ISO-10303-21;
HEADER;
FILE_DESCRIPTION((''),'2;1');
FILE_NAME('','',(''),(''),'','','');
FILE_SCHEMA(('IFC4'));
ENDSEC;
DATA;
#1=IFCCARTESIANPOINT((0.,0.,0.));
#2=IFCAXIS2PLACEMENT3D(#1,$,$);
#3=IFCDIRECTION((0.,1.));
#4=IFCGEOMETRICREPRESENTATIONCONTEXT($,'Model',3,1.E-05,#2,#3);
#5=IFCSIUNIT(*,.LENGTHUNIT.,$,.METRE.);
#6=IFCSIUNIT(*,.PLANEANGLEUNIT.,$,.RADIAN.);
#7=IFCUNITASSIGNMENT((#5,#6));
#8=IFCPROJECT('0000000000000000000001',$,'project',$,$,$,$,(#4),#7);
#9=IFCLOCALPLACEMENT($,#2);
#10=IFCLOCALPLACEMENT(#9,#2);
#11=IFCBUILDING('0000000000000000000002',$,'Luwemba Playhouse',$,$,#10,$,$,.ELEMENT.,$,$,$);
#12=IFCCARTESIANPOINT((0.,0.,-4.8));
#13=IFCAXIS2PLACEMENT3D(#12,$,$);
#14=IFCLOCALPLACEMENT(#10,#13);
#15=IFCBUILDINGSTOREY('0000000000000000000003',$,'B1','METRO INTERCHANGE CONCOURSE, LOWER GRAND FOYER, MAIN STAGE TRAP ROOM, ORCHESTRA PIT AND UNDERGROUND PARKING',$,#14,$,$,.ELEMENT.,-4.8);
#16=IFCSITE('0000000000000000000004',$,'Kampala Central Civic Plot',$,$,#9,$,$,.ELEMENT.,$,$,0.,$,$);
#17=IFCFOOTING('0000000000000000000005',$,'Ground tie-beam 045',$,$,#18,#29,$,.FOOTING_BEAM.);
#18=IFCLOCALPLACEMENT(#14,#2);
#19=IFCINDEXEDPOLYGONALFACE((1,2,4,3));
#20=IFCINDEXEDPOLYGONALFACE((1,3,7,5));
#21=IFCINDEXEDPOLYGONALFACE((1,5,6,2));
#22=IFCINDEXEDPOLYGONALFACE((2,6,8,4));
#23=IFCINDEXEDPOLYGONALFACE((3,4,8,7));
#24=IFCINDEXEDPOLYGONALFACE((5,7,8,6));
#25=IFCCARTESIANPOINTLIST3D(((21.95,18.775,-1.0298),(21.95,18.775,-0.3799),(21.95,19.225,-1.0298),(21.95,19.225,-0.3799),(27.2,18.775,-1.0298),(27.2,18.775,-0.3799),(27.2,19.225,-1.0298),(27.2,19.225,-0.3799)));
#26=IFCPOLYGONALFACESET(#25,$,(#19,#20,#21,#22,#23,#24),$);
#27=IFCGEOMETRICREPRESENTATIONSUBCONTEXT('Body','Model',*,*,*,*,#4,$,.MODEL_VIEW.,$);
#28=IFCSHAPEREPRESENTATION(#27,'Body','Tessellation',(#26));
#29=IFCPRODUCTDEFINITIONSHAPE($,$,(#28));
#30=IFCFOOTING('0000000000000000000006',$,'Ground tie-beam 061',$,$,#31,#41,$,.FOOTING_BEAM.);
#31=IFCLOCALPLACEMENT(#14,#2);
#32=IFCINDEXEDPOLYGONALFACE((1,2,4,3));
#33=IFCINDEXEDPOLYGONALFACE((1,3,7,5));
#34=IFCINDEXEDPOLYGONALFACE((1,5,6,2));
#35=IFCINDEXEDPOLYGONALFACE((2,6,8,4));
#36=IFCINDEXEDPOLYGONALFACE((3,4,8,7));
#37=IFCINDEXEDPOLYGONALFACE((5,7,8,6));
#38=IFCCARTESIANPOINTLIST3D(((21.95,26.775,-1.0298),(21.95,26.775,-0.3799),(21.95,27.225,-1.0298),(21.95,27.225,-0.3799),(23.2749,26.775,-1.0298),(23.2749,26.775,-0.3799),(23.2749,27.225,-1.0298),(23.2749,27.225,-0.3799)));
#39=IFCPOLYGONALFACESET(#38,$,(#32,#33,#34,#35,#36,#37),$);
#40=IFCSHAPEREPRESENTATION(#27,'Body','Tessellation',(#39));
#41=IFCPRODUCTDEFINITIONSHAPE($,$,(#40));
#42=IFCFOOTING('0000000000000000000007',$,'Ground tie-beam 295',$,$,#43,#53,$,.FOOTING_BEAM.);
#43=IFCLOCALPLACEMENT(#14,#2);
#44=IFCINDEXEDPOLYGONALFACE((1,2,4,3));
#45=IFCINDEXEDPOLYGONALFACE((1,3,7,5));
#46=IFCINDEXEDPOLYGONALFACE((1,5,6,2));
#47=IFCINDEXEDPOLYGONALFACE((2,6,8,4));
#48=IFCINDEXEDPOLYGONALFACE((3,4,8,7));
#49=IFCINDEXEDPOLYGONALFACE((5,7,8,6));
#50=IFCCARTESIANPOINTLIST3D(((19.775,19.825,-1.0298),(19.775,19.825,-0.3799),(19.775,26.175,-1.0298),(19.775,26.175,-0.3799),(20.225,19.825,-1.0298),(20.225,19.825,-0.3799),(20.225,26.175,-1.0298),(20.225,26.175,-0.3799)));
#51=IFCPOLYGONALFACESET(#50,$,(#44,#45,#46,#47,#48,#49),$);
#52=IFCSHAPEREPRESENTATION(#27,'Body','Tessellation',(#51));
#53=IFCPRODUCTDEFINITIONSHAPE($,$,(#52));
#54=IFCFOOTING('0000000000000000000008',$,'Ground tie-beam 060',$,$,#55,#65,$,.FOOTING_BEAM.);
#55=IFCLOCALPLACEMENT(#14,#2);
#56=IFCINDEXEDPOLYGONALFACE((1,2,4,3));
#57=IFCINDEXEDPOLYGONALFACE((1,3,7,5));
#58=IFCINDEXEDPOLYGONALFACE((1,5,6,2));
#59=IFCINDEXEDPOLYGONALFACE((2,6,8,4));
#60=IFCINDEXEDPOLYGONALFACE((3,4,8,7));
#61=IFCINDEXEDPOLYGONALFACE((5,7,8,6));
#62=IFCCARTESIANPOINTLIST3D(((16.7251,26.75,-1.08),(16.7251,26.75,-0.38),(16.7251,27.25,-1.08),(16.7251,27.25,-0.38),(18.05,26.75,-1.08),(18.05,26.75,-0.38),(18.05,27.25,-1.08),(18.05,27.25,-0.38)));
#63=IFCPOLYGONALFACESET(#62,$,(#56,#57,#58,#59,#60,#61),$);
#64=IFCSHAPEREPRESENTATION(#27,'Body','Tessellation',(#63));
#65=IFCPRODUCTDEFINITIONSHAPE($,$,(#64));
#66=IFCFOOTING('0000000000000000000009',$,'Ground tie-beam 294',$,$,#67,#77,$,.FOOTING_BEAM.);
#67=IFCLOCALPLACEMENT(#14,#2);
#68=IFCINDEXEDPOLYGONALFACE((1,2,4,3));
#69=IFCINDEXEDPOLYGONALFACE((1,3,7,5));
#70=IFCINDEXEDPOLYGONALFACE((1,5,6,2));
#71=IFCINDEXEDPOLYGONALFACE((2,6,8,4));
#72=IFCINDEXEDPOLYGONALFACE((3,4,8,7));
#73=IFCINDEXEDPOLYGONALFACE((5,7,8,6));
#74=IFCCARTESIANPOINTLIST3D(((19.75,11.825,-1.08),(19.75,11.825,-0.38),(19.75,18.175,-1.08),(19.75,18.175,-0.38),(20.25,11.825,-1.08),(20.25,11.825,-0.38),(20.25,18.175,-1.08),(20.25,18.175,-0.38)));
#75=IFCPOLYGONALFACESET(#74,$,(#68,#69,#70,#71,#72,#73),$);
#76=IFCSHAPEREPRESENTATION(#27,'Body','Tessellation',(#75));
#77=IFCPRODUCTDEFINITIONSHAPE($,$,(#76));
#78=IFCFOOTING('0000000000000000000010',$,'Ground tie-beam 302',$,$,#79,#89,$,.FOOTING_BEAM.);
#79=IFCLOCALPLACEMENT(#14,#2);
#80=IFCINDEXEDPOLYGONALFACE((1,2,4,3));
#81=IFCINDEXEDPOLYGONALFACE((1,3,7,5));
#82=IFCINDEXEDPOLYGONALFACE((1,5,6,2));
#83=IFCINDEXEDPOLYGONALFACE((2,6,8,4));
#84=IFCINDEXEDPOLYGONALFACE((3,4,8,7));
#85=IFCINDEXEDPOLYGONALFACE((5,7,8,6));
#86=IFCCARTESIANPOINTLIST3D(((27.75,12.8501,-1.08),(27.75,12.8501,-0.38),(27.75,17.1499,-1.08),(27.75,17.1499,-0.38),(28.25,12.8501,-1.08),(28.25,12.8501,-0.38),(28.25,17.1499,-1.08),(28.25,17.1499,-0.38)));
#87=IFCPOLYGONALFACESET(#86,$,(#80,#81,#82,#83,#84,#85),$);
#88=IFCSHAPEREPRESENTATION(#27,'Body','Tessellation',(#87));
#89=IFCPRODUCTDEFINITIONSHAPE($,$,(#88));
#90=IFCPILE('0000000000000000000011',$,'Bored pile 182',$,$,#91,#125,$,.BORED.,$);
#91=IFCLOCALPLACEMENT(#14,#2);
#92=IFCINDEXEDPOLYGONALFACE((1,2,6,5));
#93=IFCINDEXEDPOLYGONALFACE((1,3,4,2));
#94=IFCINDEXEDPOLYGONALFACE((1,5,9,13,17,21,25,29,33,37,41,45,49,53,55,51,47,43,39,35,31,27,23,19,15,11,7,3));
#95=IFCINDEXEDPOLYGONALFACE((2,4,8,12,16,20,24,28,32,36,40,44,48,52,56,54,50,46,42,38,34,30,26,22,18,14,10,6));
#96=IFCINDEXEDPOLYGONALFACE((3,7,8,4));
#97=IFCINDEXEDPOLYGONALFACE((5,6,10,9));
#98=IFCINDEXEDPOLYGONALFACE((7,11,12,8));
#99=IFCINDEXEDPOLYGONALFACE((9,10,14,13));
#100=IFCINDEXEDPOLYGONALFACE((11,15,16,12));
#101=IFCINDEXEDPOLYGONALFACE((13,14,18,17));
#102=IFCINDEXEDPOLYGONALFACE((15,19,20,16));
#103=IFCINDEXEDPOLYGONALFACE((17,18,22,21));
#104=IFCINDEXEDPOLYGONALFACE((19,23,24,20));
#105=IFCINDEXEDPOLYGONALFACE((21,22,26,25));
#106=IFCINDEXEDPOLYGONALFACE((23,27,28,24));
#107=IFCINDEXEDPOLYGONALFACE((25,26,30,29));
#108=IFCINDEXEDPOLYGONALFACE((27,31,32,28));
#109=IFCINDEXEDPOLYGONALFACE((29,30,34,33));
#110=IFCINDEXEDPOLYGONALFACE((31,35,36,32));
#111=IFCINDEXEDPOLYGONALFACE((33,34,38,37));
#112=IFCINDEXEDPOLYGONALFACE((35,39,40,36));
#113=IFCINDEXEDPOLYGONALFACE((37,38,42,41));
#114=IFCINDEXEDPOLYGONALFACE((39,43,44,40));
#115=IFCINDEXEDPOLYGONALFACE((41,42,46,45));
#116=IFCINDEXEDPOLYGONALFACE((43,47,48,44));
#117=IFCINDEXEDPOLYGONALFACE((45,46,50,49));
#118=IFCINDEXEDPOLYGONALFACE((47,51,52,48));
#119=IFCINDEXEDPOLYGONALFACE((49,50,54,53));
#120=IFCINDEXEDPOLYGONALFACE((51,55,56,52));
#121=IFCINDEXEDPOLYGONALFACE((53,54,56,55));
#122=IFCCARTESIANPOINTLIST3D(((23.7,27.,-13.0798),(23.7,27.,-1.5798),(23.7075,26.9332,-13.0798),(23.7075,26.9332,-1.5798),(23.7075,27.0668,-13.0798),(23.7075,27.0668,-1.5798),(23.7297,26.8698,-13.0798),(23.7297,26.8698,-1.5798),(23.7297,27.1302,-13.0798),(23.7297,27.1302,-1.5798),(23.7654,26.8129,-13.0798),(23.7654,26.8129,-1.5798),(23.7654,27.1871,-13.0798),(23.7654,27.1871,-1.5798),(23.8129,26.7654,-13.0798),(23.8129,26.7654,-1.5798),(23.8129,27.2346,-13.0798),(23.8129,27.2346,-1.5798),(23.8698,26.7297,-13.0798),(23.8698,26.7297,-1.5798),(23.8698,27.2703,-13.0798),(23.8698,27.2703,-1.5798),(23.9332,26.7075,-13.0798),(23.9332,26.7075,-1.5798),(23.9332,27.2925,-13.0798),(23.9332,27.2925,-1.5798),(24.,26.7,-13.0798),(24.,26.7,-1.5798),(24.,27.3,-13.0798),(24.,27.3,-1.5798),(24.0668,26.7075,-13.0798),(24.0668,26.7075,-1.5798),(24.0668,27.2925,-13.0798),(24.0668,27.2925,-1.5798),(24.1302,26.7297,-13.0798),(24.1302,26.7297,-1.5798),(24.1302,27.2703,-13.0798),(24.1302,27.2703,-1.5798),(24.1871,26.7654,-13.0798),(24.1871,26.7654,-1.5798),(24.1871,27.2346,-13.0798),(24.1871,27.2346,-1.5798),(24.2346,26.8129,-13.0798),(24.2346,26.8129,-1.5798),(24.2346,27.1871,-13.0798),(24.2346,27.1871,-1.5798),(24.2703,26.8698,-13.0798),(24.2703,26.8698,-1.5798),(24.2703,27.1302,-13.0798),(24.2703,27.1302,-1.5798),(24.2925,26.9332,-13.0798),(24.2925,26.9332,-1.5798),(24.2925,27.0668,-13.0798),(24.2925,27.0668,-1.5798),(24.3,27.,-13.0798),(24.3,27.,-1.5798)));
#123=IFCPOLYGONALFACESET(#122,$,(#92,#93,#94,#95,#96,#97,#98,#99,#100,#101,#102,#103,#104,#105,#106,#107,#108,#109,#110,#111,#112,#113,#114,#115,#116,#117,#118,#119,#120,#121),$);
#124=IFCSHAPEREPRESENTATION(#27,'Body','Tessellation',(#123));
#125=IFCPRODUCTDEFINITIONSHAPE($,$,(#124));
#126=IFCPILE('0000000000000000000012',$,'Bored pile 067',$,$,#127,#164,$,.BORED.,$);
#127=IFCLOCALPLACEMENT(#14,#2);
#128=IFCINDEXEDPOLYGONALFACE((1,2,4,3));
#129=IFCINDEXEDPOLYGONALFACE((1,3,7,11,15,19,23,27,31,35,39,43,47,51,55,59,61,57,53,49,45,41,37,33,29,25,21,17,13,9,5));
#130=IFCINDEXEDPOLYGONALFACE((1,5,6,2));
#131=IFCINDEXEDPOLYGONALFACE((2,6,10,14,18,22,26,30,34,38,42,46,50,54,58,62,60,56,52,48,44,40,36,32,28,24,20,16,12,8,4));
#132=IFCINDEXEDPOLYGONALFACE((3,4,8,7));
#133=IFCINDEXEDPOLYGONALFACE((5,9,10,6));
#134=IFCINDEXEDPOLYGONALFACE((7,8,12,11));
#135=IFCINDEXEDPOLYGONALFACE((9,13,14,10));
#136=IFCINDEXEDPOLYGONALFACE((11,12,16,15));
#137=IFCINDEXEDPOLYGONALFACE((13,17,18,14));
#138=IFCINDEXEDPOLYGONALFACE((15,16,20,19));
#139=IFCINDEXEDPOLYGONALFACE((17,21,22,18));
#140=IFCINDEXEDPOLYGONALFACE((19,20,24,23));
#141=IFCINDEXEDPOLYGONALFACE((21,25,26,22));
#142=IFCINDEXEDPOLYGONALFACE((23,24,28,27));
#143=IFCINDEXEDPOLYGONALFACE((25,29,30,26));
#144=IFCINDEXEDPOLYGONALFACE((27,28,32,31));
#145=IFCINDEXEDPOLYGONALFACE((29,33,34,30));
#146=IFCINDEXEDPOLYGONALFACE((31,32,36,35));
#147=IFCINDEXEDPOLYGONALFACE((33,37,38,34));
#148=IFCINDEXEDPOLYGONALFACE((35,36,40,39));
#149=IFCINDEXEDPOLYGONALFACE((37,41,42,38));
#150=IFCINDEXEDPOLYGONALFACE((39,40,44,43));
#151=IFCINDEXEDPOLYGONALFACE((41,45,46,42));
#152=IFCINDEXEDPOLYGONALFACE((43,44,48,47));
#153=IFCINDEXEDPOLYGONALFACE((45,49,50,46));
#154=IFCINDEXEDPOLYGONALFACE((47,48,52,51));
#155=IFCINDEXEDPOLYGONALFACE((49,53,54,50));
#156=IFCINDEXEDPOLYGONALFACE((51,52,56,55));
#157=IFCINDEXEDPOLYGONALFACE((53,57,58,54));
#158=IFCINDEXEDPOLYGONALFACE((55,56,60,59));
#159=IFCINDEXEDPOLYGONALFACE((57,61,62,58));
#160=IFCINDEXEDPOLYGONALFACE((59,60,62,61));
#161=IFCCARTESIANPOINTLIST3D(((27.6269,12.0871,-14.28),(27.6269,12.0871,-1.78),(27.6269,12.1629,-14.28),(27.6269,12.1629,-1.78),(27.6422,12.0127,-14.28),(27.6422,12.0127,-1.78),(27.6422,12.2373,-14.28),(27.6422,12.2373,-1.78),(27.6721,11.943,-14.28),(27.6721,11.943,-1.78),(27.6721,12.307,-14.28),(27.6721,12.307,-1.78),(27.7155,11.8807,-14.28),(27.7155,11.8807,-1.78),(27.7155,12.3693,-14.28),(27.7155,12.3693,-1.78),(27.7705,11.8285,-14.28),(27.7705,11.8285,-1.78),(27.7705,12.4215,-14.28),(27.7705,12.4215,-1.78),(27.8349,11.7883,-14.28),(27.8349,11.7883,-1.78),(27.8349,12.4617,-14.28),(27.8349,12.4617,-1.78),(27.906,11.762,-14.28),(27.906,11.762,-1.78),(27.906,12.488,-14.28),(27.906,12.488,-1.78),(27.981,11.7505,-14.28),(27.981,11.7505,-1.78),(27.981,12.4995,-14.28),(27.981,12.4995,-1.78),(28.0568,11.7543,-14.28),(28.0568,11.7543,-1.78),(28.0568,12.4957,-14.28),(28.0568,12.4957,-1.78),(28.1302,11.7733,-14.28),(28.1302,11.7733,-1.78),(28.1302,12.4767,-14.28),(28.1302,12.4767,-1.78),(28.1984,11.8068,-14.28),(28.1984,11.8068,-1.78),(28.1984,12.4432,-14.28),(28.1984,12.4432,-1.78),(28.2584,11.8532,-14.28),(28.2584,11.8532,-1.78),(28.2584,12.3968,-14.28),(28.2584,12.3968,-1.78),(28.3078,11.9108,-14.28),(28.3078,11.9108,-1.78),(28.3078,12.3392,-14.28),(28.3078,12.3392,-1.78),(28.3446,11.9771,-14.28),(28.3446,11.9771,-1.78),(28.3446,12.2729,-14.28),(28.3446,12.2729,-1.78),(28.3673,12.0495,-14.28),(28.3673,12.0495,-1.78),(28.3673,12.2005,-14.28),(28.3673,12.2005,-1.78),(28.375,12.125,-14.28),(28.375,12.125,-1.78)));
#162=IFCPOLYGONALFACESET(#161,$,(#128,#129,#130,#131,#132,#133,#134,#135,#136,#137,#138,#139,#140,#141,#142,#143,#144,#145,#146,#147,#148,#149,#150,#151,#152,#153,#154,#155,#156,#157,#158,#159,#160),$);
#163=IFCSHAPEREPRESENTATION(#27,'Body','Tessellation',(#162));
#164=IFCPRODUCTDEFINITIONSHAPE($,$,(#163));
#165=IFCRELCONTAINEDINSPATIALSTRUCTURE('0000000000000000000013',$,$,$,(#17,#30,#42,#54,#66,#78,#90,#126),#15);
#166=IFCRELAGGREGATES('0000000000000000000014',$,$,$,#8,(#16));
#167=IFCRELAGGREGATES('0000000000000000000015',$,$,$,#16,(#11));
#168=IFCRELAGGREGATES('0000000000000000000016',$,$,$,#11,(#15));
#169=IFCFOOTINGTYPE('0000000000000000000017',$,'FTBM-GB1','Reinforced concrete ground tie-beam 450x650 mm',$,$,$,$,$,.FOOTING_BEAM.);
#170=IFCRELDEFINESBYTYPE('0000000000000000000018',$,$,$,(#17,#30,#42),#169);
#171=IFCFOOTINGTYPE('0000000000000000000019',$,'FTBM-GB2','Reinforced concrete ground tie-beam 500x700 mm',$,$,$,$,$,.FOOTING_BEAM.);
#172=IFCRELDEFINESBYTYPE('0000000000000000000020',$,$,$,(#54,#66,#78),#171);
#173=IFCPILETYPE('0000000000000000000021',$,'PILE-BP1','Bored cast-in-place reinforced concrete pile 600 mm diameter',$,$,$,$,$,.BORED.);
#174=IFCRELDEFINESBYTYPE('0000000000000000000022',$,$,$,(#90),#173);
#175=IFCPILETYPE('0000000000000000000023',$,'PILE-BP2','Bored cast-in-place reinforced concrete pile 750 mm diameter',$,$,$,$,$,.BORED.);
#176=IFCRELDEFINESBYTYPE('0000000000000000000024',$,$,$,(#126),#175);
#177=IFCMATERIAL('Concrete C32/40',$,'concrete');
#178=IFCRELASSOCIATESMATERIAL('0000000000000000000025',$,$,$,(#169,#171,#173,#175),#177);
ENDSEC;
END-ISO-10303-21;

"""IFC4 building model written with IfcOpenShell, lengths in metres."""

from ifc_helpers import new_model, si_unit, direction, frame, origin, origin_2d, place, context, subcontext, project, spatial, rectangle, circle, extrude, material, material_profile, profile_set, type_object, element, save


model = new_model("IFC4")

# Units and contexts
model_context = context("Model", 3, precision=1e-05, world=origin(), true_north=direction((0.0, 1.0)))
body_context = subcontext(model_context, "Body", "Model", "MODEL_VIEW")
ifc_project = project(units=[si_unit("LENGTHUNIT", "METRE"), si_unit("PLANEANGLEUNIT", "RADIAN")], contexts=[model_context])

# Site, building, storey
site_placement = place(None, origin())
site = spatial("IfcSite", under=ifc_project, at=site_placement, Name="Kampala Central Civic Plot", CompositionType="ELEMENT", RefElevation=0.0)
building_placement = place(site_placement, origin())
building = spatial("IfcBuilding", under=site, at=building_placement, Name="Luwemba Playhouse", CompositionType="ELEMENT")
storey_placement = place(building_placement, frame((0.0, 0.0, -4.8)))
storey = spatial("IfcBuildingStorey", under=building, at=storey_placement, Name="B1", Description="METRO INTERCHANGE CONCOURSE, LOWER GRAND FOYER, MAIN STAGE TRAP ROOM, ORCHESTRA PIT AND UNDERGROUND PARKING", CompositionType="ELEMENT", Elevation=-4.8)

# Footings
ifc_material_1 = material(Name="Concrete C32/40", Category="concrete")
ifc_material_profile_1 = material_profile(ifc_material_1, rectangle(XDim=0.45, YDim=0.6499, at=origin_2d()))
ifc_profile_set_1 = profile_set([ifc_material_profile_1], Name="Concrete C32/40")
footing_type_1 = type_object("IfcFootingType", Name="FTBM-GB1", Description="Reinforced concrete ground tie-beam 450x650 mm", PredefinedType="FOOTING_BEAM", material=ifc_profile_set_1)
footing_1_placement = place(storey_placement, frame((21.95, 19.0, -0.7048), z_axis=(1.0, 0.0, 0.0), x_axis=(0.0, 1.0, 0.0)))
element("IfcFooting", 1, at=footing_1_placement, inside=storey, type_object=footing_type_1, Name="Ground tie-beam 045", PredefinedType="FOOTING_BEAM", context=body_context, shape_type="SweptSolid", body=[
    extrude(rectangle(XDim=0.45, YDim=0.6499, at=origin_2d()), origin(), (0.0, 0.0, 1.0), 5.25),
])
footing_2_placement = place(storey_placement, frame((21.95, 27.0, -0.7048), z_axis=(1.0, 0.0, 0.0), x_axis=(0.0, 1.0, 0.0)))
element("IfcFooting", 2, at=footing_2_placement, inside=storey, type_object=footing_type_1, Name="Ground tie-beam 061", PredefinedType="FOOTING_BEAM", context=body_context, shape_type="SweptSolid", body=[
    extrude(rectangle(XDim=0.45, YDim=0.6499, at=origin_2d()), origin(), (0.0, 0.0, 1.0), 1.325),
])
footing_3_placement = place(storey_placement, frame((20.0, 19.825, -0.7048), z_axis=(0.0, 1.0, 0.0), x_axis=(-1.0, 0.0, 0.0)))
element("IfcFooting", 3, at=footing_3_placement, inside=storey, type_object=footing_type_1, Name="Ground tie-beam 295", PredefinedType="FOOTING_BEAM", context=body_context, shape_type="SweptSolid", body=[
    extrude(rectangle(XDim=0.45, YDim=0.6499, at=origin_2d()), origin(), (0.0, 0.0, 1.0), 6.3501),
])
ifc_material_profile_2 = material_profile(ifc_material_1, rectangle(XDim=0.5, YDim=0.7, at=origin_2d()))
ifc_profile_set_2 = profile_set([ifc_material_profile_2], Name="Concrete C32/40")
footing_type_2 = type_object("IfcFootingType", Name="FTBM-GB2", Description="Reinforced concrete ground tie-beam 500x700 mm", PredefinedType="FOOTING_BEAM", material=ifc_profile_set_2)
footing_4_placement = place(storey_placement, frame((16.7251, 27.0, -0.73), z_axis=(1.0, 0.0, 0.0), x_axis=(0.0, 1.0, 0.0)))
element("IfcFooting", 4, at=footing_4_placement, inside=storey, type_object=footing_type_2, Name="Ground tie-beam 060", PredefinedType="FOOTING_BEAM", context=body_context, shape_type="SweptSolid", body=[
    extrude(rectangle(XDim=0.5, YDim=0.7, at=origin_2d()), origin(), (0.0, 0.0, 1.0), 1.325),
])
footing_5_placement = place(storey_placement, frame((20.0, 11.825, -0.73), z_axis=(0.0, 1.0, 0.0), x_axis=(-1.0, 0.0, 0.0)))
element("IfcFooting", 5, at=footing_5_placement, inside=storey, type_object=footing_type_2, Name="Ground tie-beam 294", PredefinedType="FOOTING_BEAM", context=body_context, shape_type="SweptSolid", body=[
    extrude(rectangle(XDim=0.5, YDim=0.7, at=origin_2d()), origin(), (0.0, 0.0, 1.0), 6.3501),
])
footing_6_placement = place(storey_placement, frame((28.0, 12.8501, -0.73), z_axis=(0.0, 1.0, 0.0), x_axis=(-1.0, 0.0, 0.0)))
element("IfcFooting", 6, at=footing_6_placement, inside=storey, type_object=footing_type_2, Name="Ground tie-beam 302", PredefinedType="FOOTING_BEAM", context=body_context, shape_type="SweptSolid", body=[
    extrude(rectangle(XDim=0.5, YDim=0.7, at=origin_2d()), origin(), (0.0, 0.0, 1.0), 4.2998),
])

# Piles
ifc_material_profile_3 = material_profile(ifc_material_1, circle(Radius=0.3, at=origin_2d()))
ifc_profile_set_3 = profile_set([ifc_material_profile_3], Name="Concrete C32/40")
pile_type_1 = type_object("IfcPileType", Name="PILE-BP1", Description="Bored cast-in-place reinforced concrete pile 600 mm diameter", PredefinedType="BORED", material=ifc_profile_set_3)
pile_placement = place(storey_placement, frame((24.0, 27.0, -1.5798), z_axis=(0.0, 0.0, -1.0), x_axis=(1.0, 0.0, 0.0)))
element("IfcPile", 7, at=pile_placement, inside=storey, type_object=pile_type_1, Name="Bored pile 182", PredefinedType="BORED", context=body_context, shape_type="SweptSolid", body=[
    extrude(circle(Radius=0.3, at=origin_2d()), origin(), (0.0, 0.0, 1.0), 11.5),
])
ifc_material_profile_4 = material_profile(ifc_material_1, circle(Radius=0.375, at=origin_2d()))
ifc_profile_set_4 = profile_set([ifc_material_profile_4], Name="Concrete C32/40")
pile_type_2 = type_object("IfcPileType", Name="PILE-BP2", Description="Bored cast-in-place reinforced concrete pile 750 mm diameter", PredefinedType="BORED", material=ifc_profile_set_4)
for number, where, z_axis, x_axis, name in (
    (8, (28.0, 12.125, -1.78), (0.0, 0.0, -1.0), (1.0, 0.0, 0.0), "Bored pile 067"),
):
    element("IfcPile", number, at=place(storey_placement, frame(where, z_axis=z_axis, x_axis=x_axis)), inside=storey, type_object=pile_type_2, Name=name, PredefinedType="BORED", context=body_context, shape_type="SweptSolid", body=[
        extrude(circle(Radius=0.375, at=origin_2d()), origin(), (0.0, 0.0, 1.0), 12.5),
    ])

save(model, "model.ifc")
